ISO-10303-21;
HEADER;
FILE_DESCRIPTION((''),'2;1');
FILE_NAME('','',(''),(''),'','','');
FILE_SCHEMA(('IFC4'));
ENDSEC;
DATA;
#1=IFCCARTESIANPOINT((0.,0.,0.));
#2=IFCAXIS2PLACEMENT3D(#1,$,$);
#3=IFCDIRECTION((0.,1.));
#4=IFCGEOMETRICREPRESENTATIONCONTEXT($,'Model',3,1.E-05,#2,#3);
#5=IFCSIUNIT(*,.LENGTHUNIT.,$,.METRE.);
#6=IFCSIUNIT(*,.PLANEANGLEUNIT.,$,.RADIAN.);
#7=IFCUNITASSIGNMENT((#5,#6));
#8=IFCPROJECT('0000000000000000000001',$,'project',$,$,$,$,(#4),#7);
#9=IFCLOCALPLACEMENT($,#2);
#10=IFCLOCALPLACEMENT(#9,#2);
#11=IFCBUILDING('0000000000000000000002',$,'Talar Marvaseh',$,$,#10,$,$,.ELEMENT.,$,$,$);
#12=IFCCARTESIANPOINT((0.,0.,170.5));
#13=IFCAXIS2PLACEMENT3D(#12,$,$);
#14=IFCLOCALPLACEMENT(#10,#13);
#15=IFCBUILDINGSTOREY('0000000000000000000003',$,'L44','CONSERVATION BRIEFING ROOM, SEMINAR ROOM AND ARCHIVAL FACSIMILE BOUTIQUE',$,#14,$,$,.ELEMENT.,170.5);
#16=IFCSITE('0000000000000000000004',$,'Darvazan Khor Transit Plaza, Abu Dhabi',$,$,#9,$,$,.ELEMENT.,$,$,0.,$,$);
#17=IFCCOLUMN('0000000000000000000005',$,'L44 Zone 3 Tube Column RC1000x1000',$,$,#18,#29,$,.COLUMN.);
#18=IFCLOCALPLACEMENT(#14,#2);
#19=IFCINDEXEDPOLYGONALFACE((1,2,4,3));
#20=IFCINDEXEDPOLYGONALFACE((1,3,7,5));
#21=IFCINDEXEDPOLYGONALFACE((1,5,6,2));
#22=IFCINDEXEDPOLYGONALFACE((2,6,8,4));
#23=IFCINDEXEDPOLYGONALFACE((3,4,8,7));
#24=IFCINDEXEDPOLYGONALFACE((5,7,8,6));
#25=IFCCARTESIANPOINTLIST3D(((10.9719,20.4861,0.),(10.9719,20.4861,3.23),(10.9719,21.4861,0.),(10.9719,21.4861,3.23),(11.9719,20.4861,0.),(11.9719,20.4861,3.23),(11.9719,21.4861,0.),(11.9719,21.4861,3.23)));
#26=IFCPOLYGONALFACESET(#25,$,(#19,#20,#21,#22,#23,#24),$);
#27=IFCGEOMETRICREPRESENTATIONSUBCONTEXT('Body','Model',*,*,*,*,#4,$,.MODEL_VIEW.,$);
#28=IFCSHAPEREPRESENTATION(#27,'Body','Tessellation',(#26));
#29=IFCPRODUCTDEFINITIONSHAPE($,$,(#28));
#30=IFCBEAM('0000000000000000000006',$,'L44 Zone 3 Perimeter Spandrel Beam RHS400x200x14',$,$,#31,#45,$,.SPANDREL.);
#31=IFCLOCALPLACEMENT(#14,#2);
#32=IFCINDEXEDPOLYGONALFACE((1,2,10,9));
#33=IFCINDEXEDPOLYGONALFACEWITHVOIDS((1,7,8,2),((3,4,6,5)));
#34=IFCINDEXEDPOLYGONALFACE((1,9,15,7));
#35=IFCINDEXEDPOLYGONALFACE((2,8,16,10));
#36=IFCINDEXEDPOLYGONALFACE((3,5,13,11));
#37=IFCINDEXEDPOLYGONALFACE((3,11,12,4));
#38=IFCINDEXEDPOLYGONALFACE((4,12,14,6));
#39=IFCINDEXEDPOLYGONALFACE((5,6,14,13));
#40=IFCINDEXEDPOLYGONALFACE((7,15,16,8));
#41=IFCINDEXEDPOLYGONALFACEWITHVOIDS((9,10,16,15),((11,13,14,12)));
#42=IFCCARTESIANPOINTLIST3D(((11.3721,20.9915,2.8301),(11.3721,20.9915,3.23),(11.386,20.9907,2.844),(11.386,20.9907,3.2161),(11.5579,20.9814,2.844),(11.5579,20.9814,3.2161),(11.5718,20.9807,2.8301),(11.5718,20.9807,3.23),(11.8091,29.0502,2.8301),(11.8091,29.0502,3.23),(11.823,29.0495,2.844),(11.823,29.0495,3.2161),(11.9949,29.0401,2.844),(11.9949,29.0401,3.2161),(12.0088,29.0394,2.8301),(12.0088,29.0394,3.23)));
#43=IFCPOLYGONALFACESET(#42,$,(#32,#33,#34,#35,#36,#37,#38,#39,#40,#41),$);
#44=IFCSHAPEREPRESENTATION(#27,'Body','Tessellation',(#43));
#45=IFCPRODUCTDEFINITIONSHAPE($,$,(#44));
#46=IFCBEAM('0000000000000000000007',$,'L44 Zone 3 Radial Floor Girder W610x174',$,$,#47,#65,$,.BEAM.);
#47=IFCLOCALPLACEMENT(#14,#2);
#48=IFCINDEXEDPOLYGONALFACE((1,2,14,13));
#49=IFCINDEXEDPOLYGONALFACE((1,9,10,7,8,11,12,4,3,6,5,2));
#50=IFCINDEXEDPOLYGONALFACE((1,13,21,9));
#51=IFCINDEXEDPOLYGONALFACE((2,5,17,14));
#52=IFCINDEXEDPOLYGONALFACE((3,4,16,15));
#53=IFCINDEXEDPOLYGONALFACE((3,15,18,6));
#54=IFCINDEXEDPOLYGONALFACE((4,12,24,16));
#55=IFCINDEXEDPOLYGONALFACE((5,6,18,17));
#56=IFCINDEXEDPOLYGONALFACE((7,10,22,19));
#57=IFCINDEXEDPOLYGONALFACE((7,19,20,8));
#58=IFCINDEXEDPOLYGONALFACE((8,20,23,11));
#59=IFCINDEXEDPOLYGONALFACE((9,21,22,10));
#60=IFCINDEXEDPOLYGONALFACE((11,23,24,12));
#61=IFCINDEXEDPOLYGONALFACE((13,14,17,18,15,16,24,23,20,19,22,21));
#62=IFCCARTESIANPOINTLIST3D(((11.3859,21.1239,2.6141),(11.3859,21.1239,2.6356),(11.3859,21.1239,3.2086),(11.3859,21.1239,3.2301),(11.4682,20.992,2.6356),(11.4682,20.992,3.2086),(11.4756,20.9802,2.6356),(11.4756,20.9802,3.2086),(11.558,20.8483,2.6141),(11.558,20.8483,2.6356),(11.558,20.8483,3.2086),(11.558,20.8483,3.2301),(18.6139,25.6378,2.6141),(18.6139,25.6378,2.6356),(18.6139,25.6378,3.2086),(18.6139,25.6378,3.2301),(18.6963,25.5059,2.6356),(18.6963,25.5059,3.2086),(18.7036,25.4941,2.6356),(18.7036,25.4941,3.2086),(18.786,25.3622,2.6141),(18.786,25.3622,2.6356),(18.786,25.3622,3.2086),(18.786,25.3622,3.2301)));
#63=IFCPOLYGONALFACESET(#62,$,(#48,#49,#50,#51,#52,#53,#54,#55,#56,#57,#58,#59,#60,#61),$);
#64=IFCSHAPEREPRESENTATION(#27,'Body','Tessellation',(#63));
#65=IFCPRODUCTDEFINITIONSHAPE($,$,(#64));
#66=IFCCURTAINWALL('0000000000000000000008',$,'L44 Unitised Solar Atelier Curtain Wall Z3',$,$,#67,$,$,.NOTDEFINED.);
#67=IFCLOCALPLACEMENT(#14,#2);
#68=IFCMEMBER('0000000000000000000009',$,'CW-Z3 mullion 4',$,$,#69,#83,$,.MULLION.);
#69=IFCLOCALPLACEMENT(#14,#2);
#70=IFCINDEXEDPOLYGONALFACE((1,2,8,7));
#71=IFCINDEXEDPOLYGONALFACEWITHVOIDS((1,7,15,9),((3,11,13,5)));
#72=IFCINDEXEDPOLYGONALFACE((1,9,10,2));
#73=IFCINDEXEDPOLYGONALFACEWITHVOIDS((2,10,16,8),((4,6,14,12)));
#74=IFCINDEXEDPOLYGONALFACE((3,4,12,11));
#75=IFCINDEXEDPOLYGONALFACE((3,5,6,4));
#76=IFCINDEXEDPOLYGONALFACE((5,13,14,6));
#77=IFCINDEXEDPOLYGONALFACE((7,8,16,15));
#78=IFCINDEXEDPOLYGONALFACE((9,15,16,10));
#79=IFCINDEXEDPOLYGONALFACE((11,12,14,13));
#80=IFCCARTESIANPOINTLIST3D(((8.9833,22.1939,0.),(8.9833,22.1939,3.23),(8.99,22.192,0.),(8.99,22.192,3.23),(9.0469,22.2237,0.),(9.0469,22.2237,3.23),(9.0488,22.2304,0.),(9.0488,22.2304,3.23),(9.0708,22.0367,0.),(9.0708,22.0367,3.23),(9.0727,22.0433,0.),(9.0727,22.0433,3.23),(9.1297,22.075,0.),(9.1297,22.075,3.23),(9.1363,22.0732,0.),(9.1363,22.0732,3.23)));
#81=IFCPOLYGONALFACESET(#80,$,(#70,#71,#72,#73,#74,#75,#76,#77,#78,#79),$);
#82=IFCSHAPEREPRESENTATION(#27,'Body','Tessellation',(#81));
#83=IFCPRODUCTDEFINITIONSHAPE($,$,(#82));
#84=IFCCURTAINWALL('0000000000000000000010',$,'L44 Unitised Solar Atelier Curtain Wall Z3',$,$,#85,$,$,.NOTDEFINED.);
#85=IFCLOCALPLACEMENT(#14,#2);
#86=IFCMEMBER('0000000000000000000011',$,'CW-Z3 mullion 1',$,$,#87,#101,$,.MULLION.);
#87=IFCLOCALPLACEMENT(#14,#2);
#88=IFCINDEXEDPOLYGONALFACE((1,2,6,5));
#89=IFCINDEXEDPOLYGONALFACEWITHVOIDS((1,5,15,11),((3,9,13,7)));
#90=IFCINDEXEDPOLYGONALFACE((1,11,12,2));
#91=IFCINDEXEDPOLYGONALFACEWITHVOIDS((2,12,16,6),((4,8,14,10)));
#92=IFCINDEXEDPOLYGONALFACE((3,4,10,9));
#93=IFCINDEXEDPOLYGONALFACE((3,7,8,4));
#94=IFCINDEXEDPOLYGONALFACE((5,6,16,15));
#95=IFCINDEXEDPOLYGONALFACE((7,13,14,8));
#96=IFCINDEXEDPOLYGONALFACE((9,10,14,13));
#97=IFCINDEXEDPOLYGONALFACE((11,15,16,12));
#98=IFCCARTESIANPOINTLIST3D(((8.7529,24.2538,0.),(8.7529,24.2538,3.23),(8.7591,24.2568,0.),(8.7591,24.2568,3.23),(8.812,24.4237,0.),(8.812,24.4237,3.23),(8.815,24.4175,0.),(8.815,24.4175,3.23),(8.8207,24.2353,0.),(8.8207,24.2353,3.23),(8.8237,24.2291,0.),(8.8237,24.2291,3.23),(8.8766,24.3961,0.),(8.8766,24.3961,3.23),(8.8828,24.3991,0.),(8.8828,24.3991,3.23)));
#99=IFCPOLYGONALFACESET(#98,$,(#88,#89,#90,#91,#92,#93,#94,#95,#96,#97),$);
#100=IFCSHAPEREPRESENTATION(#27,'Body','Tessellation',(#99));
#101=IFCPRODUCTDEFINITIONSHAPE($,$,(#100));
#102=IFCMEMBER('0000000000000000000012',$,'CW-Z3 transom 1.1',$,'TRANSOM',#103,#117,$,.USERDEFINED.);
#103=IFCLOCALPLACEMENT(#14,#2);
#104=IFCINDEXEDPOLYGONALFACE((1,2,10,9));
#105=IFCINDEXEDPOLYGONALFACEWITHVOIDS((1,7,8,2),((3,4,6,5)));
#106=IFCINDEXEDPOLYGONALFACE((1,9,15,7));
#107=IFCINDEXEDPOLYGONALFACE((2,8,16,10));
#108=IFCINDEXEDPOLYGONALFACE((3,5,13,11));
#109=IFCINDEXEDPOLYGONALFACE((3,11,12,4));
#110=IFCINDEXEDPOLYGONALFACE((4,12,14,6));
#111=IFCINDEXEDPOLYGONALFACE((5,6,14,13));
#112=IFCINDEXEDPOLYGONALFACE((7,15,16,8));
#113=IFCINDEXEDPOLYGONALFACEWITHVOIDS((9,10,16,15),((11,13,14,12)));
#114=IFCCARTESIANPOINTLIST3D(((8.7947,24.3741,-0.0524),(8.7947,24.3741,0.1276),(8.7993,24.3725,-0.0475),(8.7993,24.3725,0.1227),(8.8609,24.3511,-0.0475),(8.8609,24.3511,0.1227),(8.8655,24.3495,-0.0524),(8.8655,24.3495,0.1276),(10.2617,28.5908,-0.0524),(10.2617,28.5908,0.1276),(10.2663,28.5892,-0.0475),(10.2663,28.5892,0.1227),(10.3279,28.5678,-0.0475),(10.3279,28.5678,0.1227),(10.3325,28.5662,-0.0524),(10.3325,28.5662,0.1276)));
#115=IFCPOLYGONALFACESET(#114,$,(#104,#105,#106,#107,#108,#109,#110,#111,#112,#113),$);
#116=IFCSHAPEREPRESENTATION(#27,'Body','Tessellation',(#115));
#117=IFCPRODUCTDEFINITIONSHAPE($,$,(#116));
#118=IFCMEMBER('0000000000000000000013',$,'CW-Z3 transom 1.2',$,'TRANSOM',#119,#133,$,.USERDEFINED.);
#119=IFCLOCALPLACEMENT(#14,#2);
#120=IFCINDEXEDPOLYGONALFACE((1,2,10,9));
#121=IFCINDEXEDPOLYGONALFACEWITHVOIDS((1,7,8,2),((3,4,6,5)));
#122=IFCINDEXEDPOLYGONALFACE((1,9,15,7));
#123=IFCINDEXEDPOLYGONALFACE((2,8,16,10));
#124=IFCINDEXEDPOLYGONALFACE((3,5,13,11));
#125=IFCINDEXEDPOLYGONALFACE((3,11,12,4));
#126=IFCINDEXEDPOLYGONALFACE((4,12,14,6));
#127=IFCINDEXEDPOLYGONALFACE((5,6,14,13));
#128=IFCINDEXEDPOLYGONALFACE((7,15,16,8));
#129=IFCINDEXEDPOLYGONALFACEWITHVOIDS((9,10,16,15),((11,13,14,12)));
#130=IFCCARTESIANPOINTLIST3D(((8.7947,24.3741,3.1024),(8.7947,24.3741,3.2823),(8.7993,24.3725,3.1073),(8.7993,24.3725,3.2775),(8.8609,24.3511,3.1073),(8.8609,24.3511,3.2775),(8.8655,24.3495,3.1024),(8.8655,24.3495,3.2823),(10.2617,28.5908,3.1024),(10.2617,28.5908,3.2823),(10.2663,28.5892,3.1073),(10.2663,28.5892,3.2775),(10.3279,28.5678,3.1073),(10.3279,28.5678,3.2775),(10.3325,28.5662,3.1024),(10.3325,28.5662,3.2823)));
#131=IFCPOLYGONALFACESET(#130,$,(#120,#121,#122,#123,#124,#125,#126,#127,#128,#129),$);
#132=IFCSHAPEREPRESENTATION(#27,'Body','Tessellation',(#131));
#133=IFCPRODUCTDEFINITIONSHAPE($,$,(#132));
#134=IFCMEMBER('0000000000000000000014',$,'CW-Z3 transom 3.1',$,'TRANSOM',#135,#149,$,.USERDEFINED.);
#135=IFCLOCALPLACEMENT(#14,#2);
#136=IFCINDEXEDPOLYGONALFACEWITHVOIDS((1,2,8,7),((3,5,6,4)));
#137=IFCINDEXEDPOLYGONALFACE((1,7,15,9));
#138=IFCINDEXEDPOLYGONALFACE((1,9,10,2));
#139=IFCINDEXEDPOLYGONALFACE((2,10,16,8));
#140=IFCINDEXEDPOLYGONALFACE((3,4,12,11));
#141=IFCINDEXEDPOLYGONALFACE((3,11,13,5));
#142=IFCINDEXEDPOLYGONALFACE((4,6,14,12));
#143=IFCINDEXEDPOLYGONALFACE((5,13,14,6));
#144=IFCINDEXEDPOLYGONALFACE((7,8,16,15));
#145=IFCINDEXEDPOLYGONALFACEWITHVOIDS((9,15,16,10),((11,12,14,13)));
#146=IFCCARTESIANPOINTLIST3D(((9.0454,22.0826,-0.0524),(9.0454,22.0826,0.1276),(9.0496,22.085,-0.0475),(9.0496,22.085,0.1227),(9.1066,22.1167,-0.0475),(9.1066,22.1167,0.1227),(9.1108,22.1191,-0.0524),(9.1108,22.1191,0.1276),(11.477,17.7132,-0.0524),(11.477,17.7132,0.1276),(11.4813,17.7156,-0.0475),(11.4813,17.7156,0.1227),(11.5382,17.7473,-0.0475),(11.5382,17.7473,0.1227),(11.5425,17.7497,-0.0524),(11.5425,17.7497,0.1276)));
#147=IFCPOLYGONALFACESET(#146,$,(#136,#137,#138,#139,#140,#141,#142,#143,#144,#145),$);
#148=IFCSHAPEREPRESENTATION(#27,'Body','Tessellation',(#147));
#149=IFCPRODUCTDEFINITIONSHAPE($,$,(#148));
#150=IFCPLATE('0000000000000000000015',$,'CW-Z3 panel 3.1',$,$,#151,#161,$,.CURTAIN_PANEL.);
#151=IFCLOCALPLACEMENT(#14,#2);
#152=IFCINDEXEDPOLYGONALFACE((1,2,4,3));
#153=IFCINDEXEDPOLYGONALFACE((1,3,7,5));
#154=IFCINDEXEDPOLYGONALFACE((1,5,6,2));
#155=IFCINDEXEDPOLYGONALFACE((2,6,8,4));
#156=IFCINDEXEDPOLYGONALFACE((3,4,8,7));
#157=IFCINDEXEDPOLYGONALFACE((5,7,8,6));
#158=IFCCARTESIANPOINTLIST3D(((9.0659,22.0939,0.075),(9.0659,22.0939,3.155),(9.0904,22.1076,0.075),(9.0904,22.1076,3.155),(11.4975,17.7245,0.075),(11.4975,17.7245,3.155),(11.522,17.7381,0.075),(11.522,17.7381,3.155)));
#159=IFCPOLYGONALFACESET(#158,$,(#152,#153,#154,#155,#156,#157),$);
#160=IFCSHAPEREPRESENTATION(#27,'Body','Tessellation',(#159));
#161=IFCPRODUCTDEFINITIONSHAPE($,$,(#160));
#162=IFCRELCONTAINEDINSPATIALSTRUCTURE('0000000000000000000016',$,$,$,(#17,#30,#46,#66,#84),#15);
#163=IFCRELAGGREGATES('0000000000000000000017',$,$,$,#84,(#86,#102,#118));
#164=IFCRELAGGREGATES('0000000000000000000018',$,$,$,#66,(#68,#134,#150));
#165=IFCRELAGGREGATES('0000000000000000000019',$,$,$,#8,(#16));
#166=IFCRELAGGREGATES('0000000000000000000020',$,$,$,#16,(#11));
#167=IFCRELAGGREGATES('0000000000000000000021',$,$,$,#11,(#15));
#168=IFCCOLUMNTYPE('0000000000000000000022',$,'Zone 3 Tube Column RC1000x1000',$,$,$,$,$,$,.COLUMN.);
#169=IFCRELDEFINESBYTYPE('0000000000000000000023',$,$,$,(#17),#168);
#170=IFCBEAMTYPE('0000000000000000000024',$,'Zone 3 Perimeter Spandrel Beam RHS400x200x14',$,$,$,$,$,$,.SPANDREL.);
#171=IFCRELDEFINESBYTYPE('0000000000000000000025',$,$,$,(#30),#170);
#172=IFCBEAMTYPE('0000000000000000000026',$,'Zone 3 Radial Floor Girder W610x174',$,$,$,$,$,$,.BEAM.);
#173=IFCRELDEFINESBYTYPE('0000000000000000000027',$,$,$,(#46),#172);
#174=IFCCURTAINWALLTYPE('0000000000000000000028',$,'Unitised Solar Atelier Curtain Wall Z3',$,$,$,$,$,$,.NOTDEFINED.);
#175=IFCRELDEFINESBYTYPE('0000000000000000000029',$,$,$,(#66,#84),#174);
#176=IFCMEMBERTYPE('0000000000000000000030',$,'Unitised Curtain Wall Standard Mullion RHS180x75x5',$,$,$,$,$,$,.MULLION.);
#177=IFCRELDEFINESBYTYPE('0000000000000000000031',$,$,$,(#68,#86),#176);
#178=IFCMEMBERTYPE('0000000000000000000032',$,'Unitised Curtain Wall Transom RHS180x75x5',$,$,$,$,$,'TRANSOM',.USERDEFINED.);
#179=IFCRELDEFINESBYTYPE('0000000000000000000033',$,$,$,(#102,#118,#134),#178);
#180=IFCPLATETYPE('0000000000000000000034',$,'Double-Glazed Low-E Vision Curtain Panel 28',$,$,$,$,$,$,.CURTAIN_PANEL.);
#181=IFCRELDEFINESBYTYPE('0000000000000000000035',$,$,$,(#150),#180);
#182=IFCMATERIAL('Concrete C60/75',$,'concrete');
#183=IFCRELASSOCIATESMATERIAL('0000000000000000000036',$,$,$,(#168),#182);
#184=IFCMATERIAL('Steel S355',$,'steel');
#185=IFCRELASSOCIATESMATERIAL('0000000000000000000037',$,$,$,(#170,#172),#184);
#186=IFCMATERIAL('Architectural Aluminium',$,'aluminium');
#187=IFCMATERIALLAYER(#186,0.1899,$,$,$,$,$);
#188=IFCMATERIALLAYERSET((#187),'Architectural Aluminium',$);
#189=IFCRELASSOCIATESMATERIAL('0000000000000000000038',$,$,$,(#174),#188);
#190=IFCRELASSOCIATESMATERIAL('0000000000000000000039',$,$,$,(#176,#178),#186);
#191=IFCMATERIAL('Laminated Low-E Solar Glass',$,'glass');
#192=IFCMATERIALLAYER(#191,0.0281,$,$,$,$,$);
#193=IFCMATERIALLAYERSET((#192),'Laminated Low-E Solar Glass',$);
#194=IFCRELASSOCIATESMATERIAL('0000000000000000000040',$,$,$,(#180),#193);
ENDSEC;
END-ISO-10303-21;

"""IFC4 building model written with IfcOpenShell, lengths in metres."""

from ifc_helpers import new_model, si_unit, direction, frame, origin, origin_2d, place, context, subcontext, project, spatial, rectangle, hollow_rectangle, i_section, extrude, source, transform, mapped, material, layer, layer_set, material_profile, profile_set, type_object, type_shapes, element, aggregate, save


model = new_model("IFC4")

# Units and contexts
model_context = context("Model", 3, precision=1e-05, world=origin(), true_north=direction((0.0, 1.0)))
body_context = subcontext(model_context, "Body", "Model", "MODEL_VIEW")
ifc_project = project(units=[si_unit("LENGTHUNIT", "METRE"), si_unit("PLANEANGLEUNIT", "RADIAN")], contexts=[model_context])

# Site, building, storey
site_placement = place(None, origin())
site = spatial("IfcSite", under=ifc_project, at=site_placement, Name="Darvazan Khor Transit Plaza, Abu Dhabi", CompositionType="ELEMENT", RefElevation=0.0)
building_placement = place(site_placement, origin())
building = spatial("IfcBuilding", under=site, at=building_placement, Name="Talar Marvaseh", CompositionType="ELEMENT")
storey_placement = place(building_placement, frame((0.0, 0.0, 170.5)))
storey = spatial("IfcBuildingStorey", under=building, at=storey_placement, Name="L44", Description="CONSERVATION BRIEFING ROOM, SEMINAR ROOM AND ARCHIVAL FACSIMILE BOUTIQUE", CompositionType="ELEMENT", Elevation=170.5)

# Column
ifc_material_1 = material(Name="Concrete C60/75", Category="concrete")
ifc_material_profile_1 = material_profile(ifc_material_1, rectangle(XDim=1.0, YDim=1.0, at=origin_2d()), Name="RC1000x1000")
ifc_profile_set_1 = profile_set([ifc_material_profile_1], Name="Concrete C60/75")
column_type = type_object("IfcColumnType", Name="Zone 3 Tube Column RC1000x1000", PredefinedType="COLUMN", material=ifc_profile_set_1)
column_placement = place(storey_placement, frame((11.4719, 20.9861, 0.0), z_axis=(0.0, 0.0, 1.0), x_axis=(1.0, 0.0, 0.0)))
element("IfcColumn", 1, at=column_placement, inside=storey, type_object=column_type, Name="L44 Zone 3 Tube Column RC1000x1000", PredefinedType="COLUMN", context=body_context, shape_type="SweptSolid", body=[
    extrude(rectangle(XDim=1.0, YDim=1.0, at=origin_2d()), origin(), (0.0, 0.0, 1.0), 3.23),
])

# Beams
ifc_material_2 = material(Name="Steel S355", Category="steel")
ifc_material_profile_2 = material_profile(ifc_material_2, hollow_rectangle(XDim=0.2, YDim=0.3999, WallThickness=0.0139, at=origin_2d()), Name="RHS400x200x14")
ifc_profile_set_2 = profile_set([ifc_material_profile_2], Name="Steel S355")
beam_type_1 = type_object("IfcBeamType", Name="Zone 3 Perimeter Spandrel Beam RHS400x200x14", PredefinedType="SPANDREL", material=ifc_profile_set_2)
beam_1_placement = place(storey_placement, frame((11.4719, 20.9861, 3.03), z_axis=(0.054148, 0.998533, 0.0), x_axis=(-0.998533, 0.054148, 0.0)))
element("IfcBeam", 2, at=beam_1_placement, inside=storey, type_object=beam_type_1, Name="L44 Zone 3 Perimeter Spandrel Beam RHS400x200x14", PredefinedType="SPANDREL", context=body_context, shape_type="SweptSolid", body=[
    extrude(hollow_rectangle(XDim=0.2, YDim=0.3999, WallThickness=0.0139, at=origin_2d()), origin(), (0.0, 0.0, 1.0), 8.0706),
])
ifc_material_profile_3 = material_profile(ifc_material_2, i_section(OverallWidth=0.325, OverallDepth=0.616, WebThickness=0.0139, FlangeThickness=0.0215, at=origin_2d()), Name="W610x174")
ifc_profile_set_3 = profile_set([ifc_material_profile_3], Name="Steel S355")
beam_type_2 = type_object("IfcBeamType", Name="Zone 3 Radial Floor Girder W610x174", PredefinedType="BEAM", material=ifc_profile_set_3)
beam_2_placement = place(storey_placement, frame((11.4719, 20.9861, 2.9221), z_axis=(0.848188, 0.529695, 0.0), x_axis=(-0.529695, 0.848188, 0.0)))
element("IfcBeam", 3, at=beam_2_placement, inside=storey, type_object=beam_type_2, Name="L44 Zone 3 Radial Floor Girder W610x174", PredefinedType="BEAM", context=body_context, shape_type="SweptSolid", body=[
    extrude(i_section(OverallWidth=0.325, OverallDepth=0.616, WebThickness=0.0139, FlangeThickness=0.0215, at=origin_2d()), origin(), (0.0, 0.0, 1.0), 8.5217),
])

# Curtain wall, member
ifc_material_3 = material(Name="Architectural Aluminium", Category="aluminium")
ifc_layer_1 = layer(ifc_material_3, 0.1899)
ifc_layer_set_1 = layer_set([ifc_layer_1], Name="Architectural Aluminium")
curtain_wall_type = type_object("IfcCurtainWallType", Name="Unitised Solar Atelier Curtain Wall Z3", PredefinedType="NOTDEFINED", material=ifc_layer_set_1)
curtain_wall_1_placement = place(storey_placement, origin())
curtain_wall_1 = element("IfcCurtainWall", 4, at=curtain_wall_1_placement, inside=storey, type_object=curtain_wall_type, Name="L44 Unitised Solar Atelier Curtain Wall Z3", PredefinedType="NOTDEFINED")
ifc_material_profile_4 = material_profile(ifc_material_3, hollow_rectangle(XDim=0.075, YDim=0.1799, WallThickness=0.0049, at=origin_2d()), Name="RHS180x75x5")
ifc_profile_set_4 = profile_set([ifc_material_profile_4], Name="Architectural Aluminium")
member_type_1 = type_object("IfcMemberType", Name="Unitised Curtain Wall Standard Mullion RHS180x75x5", PredefinedType="MULLION", material=ifc_profile_set_4)
shared_shape_1 = source(origin(), body_context, "Body", "SweptSolid", [
    extrude(hollow_rectangle(XDim=0.075, YDim=0.1799, WallThickness=0.0049, at=origin_2d()), origin(), (0.0, 0.0, 1.0), 3.23),
])
type_shapes(member_type_1, [shared_shape_1])
member_1_placement = place(storey_placement, frame((9.0598, 22.1335, 0.0), z_axis=(0.0, 0.0, 1.0), x_axis=(-0.873805, -0.486277, 0.0)))
member_1 = element("IfcMember", 5, at=member_1_placement, type_object=member_type_1, Name="CW-Z3 mullion 4", PredefinedType="MULLION", context=body_context, shape_type="MappedRepresentation", body=[
    mapped(shared_shape_1, transform((0.0, 0.0, 0.0), x_axis=(1.0, 0.0, 0.0), y_axis=(0.0, 1.0, 0.0), z_axis=(0.0, 0.0, 1.0), scale=1.0)),
])

# Curtain wall, members
curtain_wall_2_placement = place(storey_placement, origin())
curtain_wall_2 = element("IfcCurtainWall", 6, at=curtain_wall_2_placement, inside=storey, type_object=curtain_wall_type, Name="L44 Unitised Solar Atelier Curtain Wall Z3", PredefinedType="NOTDEFINED")
member_2_placement = place(storey_placement, frame((8.8179, 24.3264, 0.0), z_axis=(0.0, 0.0, 1.0), x_axis=(-0.944481, 0.328566, 0.0)))
member_2 = element("IfcMember", 7, at=member_2_placement, type_object=member_type_1, Name="CW-Z3 mullion 1", PredefinedType="MULLION", context=body_context, shape_type="MappedRepresentation", body=[
    mapped(shared_shape_1, transform((0.0, 0.0, 0.0), x_axis=(1.0, 0.0, 0.0), y_axis=(0.0, 1.0, 0.0), z_axis=(0.0, 0.0, 1.0), scale=1.0)),
])
ifc_material_profile_5 = material_profile(ifc_material_3, hollow_rectangle(XDim=0.075, YDim=0.1799, WallThickness=0.0049, at=origin_2d()), Name="RHS180x75x5")
ifc_profile_set_5 = profile_set([ifc_material_profile_5], Name="Architectural Aluminium")
member_type_2 = type_object("IfcMemberType", Name="Unitised Curtain Wall Transom RHS180x75x5", ElementType="TRANSOM", PredefinedType="USERDEFINED", material=ifc_profile_set_5)
shared_shape_2 = source(origin(), body_context, "Body", "SweptSolid", [
    extrude(hollow_rectangle(XDim=0.075, YDim=0.1799, WallThickness=0.0049, at=origin_2d()), origin(), (0.0, 0.0, 1.0), 4.4646),
])
member_3_placement = place(storey_placement, frame((8.8301, 24.3618, 0.0376), z_axis=(0.328586, 0.944474, 0.0), x_axis=(-0.944474, 0.328586, 0.0)))
member_3 = element("IfcMember", 8, at=member_3_placement, type_object=member_type_2, Name="CW-Z3 transom 1.1", ObjectType="TRANSOM", PredefinedType="USERDEFINED", context=body_context, shape_type="MappedRepresentation", body=[
    mapped(shared_shape_2, transform((0.0, 0.0, 0.0), x_axis=(1.0, 0.0, 0.0), y_axis=(0.0, 1.0, 0.0), z_axis=(0.0, 0.0, 1.0), scale=1.0)),
])
member_4_placement = place(storey_placement, frame((8.8301, 24.3618, 3.1924), z_axis=(0.328586, 0.944474, 0.0), x_axis=(-0.944474, 0.328586, 0.0)))
member_4 = element("IfcMember", 9, at=member_4_placement, type_object=member_type_2, Name="CW-Z3 transom 1.2", ObjectType="TRANSOM", PredefinedType="USERDEFINED", context=body_context, shape_type="MappedRepresentation", body=[
    mapped(shared_shape_2, transform((0.0, 0.0, 0.0), x_axis=(1.0, 0.0, 0.0), y_axis=(0.0, 1.0, 0.0), z_axis=(0.0, 0.0, 1.0), scale=1.0)),
])
aggregate(curtain_wall_2, [member_2, member_3, member_4])

# Member
shared_shape_3 = source(origin(), body_context, "Body", "SweptSolid", [
    extrude(hollow_rectangle(XDim=0.075, YDim=0.1799, WallThickness=0.0049, at=origin_2d()), origin(), (0.0, 0.0, 1.0), 5.0005),
])
type_shapes(member_type_2, [shared_shape_2, shared_shape_3])
member_5_placement = place(storey_placement, frame((11.5098, 17.7314, 0.0376), z_axis=(-0.486285, 0.8738, 0.0), x_axis=(-0.8738, -0.486285, 0.0)))
member_5 = element("IfcMember", 10, at=member_5_placement, type_object=member_type_2, Name="CW-Z3 transom 3.1", ObjectType="TRANSOM", PredefinedType="USERDEFINED", context=body_context, shape_type="MappedRepresentation", body=[
    mapped(shared_shape_3, transform((0.0, 0.0, 0.0), x_axis=(1.0, 0.0, 0.0), y_axis=(0.0, 1.0, 0.0), z_axis=(0.0, 0.0, 1.0), scale=1.0)),
])

# Plate
ifc_material_4 = material(Name="Laminated Low-E Solar Glass", Category="glass")
ifc_layer_2 = layer(ifc_material_4, 0.0281)
ifc_layer_set_2 = layer_set([ifc_layer_2], Name="Laminated Low-E Solar Glass")
plate_type = type_object("IfcPlateType", Name="Double-Glazed Low-E Vision Curtain Panel 28", PredefinedType="CURTAIN_PANEL", material=ifc_layer_set_2)
shared_shape_4 = source(origin(), body_context, "Body", "SweptSolid", [
    extrude(rectangle(XDim=5.0005, YDim=0.0281, at=origin_2d()), origin(), (0.0, 0.0, 1.0), 3.0801),
])
type_shapes(plate_type, [shared_shape_4])
plate_placement = place(storey_placement, frame((10.2939, 19.916, 0.075), z_axis=(0.0, 0.0, 1.0), x_axis=(-0.486277, 0.873805, 0.0)))
plate = element("IfcPlate", 11, at=plate_placement, type_object=plate_type, Name="CW-Z3 panel 3.1", PredefinedType="CURTAIN_PANEL", context=body_context, shape_type="MappedRepresentation", body=[
    mapped(shared_shape_4, transform((0.0, 0.0, 0.0), x_axis=(1.0, 0.0, 0.0), y_axis=(0.0, 1.0, 0.0), z_axis=(0.0, 0.0, 1.0), scale=1.0)),
])
aggregate(curtain_wall_1, [member_1, member_5, plate])

save(model, "model.ifc")
